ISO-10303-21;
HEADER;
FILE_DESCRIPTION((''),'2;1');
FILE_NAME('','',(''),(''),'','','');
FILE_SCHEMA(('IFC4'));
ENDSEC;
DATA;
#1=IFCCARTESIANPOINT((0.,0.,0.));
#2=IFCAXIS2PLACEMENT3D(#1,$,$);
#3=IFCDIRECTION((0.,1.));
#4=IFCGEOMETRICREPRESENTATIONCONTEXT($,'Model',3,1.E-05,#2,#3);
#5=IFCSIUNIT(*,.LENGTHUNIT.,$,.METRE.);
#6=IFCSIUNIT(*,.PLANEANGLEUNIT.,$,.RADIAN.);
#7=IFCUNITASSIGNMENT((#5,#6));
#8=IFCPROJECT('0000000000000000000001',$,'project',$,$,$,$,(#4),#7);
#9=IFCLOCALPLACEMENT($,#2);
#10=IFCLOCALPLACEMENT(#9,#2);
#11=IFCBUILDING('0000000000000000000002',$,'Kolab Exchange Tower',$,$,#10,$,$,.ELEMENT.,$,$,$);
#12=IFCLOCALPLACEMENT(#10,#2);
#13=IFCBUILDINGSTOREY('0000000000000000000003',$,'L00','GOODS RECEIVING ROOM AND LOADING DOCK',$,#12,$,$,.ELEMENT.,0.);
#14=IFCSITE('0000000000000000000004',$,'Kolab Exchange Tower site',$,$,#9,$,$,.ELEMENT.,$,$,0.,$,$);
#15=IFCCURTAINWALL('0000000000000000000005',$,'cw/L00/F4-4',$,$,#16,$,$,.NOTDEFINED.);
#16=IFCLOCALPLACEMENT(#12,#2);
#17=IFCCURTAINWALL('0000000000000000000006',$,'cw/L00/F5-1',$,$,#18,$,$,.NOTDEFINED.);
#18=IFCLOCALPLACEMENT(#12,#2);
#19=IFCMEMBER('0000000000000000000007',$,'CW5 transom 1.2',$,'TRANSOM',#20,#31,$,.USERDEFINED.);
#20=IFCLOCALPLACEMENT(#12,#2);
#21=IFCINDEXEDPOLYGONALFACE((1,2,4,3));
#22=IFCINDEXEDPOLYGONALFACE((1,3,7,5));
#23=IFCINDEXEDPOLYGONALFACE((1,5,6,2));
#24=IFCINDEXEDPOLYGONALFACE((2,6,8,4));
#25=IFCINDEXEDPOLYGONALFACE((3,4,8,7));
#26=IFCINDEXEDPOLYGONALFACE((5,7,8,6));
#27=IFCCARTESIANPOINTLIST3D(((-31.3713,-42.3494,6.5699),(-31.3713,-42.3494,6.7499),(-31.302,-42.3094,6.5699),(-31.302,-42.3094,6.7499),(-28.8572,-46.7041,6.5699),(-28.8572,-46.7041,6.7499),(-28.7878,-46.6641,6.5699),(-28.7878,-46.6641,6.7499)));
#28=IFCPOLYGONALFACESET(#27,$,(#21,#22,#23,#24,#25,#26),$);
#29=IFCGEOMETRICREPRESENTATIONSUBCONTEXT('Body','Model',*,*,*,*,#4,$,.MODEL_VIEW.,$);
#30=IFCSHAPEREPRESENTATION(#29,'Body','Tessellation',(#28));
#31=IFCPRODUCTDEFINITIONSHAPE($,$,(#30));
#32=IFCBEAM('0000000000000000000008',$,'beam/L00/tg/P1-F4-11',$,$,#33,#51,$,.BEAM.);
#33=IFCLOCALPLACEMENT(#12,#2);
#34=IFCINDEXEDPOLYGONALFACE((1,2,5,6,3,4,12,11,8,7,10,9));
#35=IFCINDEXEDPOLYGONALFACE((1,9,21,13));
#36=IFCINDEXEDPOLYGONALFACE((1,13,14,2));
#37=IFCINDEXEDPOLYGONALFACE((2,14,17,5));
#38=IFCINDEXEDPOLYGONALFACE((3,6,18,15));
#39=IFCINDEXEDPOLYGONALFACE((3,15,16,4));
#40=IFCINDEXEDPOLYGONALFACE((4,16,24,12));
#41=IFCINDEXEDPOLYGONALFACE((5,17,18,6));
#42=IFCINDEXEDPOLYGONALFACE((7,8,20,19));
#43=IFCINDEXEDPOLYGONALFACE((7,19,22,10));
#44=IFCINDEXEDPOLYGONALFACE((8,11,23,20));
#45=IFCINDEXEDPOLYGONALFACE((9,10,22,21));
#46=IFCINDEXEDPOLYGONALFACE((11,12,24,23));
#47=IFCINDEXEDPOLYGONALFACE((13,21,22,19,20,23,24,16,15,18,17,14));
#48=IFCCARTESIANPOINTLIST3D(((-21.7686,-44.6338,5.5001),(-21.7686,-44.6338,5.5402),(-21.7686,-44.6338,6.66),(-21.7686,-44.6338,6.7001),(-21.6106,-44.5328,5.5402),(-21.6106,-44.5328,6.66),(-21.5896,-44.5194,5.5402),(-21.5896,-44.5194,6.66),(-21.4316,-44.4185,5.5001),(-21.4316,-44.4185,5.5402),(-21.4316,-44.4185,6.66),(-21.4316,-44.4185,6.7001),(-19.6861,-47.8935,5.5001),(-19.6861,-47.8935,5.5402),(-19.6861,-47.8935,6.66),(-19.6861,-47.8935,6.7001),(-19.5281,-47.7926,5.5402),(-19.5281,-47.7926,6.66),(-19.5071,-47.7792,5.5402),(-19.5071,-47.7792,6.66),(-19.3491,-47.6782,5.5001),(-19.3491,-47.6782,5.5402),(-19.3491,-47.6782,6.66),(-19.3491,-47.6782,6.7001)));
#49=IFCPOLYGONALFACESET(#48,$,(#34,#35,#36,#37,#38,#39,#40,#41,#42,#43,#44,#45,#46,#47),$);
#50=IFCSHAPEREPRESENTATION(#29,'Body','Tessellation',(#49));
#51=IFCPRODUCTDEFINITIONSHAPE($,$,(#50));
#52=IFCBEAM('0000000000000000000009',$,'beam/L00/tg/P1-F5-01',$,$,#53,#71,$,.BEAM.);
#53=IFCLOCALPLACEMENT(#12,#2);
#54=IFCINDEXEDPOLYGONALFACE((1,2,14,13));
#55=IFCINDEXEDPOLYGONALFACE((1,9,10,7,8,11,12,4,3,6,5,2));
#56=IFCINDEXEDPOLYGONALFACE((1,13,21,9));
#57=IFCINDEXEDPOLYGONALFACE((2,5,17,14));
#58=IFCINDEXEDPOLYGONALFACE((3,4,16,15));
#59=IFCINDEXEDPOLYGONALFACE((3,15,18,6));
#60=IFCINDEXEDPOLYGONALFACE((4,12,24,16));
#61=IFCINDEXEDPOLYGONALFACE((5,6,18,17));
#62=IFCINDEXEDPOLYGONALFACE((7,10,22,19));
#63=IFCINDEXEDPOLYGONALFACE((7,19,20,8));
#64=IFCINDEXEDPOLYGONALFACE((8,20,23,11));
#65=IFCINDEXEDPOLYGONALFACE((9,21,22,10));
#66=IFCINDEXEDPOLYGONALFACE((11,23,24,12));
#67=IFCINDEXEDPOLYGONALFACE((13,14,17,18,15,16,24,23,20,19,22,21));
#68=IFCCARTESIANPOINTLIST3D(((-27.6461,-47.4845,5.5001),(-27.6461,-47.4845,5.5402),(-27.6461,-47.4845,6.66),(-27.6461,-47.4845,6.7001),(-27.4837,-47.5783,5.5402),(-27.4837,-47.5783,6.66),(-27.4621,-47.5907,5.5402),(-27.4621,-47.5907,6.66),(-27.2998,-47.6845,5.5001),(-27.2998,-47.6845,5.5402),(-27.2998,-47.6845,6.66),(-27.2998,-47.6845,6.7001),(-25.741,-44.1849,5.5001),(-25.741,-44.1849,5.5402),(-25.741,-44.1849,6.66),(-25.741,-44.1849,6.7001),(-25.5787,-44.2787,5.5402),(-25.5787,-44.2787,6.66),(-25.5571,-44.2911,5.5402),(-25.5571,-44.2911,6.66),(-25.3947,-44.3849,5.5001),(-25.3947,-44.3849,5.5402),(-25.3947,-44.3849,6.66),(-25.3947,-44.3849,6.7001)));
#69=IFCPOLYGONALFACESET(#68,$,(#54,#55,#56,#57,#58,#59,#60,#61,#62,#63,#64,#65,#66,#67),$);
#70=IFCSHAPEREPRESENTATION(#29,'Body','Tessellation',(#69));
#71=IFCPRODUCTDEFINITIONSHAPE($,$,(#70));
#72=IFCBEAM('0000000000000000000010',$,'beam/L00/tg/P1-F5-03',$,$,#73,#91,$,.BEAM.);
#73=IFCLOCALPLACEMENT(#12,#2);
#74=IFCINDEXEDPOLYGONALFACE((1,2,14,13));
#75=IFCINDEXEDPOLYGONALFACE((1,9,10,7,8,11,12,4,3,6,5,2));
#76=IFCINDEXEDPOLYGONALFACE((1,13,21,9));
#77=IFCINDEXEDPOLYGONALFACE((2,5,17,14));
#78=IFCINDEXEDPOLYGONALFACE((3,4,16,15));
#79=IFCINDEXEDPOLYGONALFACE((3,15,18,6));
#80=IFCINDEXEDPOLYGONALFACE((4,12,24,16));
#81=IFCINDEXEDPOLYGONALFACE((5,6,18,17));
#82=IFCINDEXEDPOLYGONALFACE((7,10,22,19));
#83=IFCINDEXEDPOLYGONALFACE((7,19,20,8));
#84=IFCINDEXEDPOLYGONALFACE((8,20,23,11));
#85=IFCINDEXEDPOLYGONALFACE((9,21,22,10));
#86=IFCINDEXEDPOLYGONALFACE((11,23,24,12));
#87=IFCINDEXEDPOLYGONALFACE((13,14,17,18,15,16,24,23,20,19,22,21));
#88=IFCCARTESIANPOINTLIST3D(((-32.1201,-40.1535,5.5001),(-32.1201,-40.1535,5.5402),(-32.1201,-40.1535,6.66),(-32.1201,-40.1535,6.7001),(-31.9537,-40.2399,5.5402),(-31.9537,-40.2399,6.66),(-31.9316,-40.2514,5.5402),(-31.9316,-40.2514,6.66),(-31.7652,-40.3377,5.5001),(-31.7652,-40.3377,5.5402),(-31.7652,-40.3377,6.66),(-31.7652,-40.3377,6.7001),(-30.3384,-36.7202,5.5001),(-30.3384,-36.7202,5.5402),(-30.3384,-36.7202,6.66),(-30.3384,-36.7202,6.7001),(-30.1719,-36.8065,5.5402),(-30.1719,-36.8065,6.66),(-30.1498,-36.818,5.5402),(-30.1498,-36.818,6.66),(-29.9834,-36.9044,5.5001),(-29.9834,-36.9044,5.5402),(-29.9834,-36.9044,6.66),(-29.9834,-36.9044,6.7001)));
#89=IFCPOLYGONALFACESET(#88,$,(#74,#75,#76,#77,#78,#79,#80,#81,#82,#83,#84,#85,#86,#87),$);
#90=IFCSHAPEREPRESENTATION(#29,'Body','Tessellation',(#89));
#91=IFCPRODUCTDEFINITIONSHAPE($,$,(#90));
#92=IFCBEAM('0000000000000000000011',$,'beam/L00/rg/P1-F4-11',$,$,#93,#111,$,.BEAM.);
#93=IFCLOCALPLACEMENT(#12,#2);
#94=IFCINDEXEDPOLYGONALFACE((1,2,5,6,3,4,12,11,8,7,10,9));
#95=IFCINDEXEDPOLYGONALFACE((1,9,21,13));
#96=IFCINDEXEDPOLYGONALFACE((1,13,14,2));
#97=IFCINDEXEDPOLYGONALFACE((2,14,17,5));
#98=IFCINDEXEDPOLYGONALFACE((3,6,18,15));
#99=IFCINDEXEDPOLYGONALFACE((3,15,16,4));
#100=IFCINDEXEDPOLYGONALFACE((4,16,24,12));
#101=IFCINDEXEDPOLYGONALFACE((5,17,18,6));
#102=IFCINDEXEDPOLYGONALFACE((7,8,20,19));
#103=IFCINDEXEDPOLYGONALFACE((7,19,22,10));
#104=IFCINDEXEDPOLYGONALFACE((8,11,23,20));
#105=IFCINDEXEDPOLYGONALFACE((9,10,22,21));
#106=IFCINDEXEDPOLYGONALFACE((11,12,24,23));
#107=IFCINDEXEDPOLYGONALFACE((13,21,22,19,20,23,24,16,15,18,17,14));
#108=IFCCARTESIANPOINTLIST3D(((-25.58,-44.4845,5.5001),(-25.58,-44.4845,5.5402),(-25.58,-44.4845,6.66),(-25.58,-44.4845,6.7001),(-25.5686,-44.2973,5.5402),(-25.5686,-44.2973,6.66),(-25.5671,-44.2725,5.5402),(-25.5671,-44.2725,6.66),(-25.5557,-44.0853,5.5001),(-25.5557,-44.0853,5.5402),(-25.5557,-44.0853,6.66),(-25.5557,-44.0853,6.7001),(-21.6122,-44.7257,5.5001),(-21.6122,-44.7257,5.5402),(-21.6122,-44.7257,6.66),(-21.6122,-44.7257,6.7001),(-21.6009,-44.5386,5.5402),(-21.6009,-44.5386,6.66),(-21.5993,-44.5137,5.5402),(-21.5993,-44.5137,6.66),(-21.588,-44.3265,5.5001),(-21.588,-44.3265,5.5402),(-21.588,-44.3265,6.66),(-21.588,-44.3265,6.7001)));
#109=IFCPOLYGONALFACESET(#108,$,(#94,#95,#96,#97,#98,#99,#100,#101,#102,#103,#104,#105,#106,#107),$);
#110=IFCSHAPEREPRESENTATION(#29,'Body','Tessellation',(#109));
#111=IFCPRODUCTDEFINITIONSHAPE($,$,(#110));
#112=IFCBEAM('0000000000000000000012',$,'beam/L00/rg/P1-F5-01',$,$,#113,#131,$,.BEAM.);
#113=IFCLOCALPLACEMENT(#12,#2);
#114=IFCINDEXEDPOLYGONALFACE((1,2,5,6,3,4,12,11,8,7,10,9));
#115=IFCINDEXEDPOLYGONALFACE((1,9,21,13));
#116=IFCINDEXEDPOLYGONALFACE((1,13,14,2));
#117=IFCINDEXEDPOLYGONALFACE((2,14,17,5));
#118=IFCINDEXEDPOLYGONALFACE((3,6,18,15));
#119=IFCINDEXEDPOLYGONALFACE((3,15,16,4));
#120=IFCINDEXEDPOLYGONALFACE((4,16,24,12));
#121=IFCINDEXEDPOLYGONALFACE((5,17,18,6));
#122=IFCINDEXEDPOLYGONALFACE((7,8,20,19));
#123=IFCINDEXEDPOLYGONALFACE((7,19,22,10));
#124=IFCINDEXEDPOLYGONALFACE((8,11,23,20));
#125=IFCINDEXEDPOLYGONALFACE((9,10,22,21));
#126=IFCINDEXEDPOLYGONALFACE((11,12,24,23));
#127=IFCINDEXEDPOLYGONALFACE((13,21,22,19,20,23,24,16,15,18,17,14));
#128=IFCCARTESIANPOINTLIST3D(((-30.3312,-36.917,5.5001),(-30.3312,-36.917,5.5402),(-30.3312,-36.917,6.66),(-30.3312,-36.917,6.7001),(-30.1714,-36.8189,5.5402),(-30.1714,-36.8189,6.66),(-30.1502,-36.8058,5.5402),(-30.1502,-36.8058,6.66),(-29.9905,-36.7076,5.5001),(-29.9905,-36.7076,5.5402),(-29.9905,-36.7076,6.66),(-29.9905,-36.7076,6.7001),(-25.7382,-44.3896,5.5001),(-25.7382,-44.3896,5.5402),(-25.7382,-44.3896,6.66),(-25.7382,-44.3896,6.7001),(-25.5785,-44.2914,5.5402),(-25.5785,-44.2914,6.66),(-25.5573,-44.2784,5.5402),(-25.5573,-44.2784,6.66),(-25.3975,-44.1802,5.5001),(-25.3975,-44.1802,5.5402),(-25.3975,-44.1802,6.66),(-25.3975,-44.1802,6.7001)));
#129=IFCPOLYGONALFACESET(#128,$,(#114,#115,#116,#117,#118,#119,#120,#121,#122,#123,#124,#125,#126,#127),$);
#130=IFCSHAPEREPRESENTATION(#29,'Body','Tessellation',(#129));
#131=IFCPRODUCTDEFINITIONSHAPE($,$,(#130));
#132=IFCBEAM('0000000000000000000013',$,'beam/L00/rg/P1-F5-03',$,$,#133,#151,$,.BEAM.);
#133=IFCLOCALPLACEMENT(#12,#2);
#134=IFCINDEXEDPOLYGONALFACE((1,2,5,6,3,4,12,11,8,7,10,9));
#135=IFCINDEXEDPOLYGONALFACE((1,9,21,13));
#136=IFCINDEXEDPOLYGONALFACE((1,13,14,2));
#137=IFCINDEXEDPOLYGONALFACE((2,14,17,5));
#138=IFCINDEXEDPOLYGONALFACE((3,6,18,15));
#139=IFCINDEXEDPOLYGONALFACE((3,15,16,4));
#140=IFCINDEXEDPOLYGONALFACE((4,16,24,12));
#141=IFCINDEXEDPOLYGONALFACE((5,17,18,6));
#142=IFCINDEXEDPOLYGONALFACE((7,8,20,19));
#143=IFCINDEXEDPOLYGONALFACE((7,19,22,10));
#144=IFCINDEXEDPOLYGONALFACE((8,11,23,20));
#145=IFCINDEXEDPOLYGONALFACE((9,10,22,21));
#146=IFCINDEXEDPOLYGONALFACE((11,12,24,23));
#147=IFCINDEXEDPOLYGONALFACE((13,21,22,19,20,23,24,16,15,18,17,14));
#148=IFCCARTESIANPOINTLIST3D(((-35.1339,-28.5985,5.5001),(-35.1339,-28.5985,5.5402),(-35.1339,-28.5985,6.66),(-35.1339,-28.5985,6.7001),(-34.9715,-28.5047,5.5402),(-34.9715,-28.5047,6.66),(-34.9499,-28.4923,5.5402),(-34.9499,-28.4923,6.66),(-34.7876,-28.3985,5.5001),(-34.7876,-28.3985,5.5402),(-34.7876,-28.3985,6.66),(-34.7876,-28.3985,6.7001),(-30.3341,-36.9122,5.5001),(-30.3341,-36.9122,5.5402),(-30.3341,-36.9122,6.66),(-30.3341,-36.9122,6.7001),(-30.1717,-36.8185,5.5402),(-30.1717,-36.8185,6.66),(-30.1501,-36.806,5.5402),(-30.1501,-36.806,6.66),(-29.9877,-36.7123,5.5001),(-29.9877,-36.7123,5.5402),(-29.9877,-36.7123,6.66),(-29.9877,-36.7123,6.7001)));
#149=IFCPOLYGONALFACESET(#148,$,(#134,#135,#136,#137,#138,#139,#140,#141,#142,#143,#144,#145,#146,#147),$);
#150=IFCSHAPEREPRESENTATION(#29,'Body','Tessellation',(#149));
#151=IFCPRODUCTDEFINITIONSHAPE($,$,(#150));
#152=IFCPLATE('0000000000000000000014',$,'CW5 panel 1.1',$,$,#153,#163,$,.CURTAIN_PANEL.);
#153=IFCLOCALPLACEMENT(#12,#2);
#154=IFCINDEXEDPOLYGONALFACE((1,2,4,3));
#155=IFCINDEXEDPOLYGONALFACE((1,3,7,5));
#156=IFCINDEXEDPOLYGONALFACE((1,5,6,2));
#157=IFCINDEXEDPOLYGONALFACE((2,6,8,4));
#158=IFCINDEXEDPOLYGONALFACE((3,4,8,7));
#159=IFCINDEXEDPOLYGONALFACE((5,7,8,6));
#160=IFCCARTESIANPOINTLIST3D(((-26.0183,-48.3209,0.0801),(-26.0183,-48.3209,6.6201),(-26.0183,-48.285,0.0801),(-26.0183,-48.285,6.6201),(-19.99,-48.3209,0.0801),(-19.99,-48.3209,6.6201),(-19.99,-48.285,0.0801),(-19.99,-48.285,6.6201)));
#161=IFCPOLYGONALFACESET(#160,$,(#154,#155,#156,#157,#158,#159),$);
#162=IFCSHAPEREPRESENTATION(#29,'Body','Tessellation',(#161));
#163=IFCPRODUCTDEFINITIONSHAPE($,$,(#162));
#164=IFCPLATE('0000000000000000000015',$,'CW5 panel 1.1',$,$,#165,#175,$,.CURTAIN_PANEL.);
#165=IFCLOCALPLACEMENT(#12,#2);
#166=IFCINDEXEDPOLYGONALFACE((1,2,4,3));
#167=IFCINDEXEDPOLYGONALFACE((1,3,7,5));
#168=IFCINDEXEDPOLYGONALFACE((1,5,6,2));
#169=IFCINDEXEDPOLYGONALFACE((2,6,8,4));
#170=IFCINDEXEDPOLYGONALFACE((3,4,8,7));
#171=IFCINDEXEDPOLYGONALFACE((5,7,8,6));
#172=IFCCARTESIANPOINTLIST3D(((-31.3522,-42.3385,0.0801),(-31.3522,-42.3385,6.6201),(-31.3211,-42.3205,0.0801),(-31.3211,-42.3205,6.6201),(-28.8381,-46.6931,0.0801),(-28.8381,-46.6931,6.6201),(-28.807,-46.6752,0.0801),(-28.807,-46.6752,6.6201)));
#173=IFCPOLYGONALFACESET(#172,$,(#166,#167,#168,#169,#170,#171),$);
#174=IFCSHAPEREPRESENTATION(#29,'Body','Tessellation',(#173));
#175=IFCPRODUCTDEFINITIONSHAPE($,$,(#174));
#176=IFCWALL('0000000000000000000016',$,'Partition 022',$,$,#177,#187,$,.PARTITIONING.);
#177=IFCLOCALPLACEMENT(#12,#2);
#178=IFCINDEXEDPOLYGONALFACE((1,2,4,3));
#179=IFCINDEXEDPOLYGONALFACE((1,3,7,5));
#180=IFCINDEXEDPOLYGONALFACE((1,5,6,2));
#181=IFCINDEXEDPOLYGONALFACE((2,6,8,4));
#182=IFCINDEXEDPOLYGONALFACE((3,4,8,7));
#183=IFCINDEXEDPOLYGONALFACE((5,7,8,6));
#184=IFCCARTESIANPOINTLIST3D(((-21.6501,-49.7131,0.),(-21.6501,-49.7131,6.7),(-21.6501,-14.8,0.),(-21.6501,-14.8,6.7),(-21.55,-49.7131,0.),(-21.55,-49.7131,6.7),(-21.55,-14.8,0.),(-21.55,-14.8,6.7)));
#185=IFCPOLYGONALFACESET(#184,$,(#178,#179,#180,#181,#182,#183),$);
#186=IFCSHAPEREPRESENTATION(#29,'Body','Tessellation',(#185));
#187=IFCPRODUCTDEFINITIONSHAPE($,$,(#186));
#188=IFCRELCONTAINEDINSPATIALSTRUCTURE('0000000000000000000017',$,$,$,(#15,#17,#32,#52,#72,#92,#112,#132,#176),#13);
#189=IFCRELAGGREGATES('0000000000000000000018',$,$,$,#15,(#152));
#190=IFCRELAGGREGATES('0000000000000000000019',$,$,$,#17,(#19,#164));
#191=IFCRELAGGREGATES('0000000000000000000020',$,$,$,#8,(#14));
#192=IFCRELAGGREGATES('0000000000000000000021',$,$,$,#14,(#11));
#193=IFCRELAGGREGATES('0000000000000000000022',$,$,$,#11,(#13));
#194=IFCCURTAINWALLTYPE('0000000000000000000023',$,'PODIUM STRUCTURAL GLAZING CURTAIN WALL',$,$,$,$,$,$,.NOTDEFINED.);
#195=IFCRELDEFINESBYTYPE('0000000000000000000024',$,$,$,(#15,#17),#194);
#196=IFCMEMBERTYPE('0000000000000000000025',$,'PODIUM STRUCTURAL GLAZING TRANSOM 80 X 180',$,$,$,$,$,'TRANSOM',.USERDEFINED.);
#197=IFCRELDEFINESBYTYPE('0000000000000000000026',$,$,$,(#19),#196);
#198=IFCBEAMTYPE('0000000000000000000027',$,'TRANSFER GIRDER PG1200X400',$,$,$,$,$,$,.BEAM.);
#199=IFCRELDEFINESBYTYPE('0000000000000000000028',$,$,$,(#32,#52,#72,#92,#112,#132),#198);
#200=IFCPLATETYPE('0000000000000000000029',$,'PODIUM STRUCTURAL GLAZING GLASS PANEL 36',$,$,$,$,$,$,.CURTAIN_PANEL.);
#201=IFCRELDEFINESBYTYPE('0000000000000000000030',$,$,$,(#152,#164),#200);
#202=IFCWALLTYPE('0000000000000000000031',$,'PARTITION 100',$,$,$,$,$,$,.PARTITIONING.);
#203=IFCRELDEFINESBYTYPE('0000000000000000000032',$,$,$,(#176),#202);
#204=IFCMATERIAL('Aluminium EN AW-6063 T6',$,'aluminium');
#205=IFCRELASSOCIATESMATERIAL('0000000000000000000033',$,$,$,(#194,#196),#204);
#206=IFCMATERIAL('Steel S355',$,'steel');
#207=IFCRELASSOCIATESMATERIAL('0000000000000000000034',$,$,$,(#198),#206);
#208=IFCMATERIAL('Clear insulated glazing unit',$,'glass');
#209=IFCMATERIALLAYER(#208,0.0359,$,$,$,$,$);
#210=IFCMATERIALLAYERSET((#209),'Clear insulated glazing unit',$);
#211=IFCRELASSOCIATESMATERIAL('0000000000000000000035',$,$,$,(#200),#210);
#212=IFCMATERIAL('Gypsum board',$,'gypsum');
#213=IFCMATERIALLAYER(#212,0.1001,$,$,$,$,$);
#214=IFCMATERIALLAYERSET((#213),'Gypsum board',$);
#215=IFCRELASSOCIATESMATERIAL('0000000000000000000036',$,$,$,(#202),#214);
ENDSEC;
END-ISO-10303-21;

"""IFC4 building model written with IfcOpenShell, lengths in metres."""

from ifc_helpers import new_model, si_unit, direction, frame, frame_2d, origin, origin_2d, place, context, subcontext, project, spatial, rectangle, i_section, extrude, material, layer, layer_set, material_profile, profile_set, type_object, element, aggregate, save


model = new_model("IFC4")

# Units and contexts
model_context = context("Model", 3, precision=1e-05, world=origin(), true_north=direction((0.0, 1.0)))
body_context = subcontext(model_context, "Body", "Model", "MODEL_VIEW")
ifc_project = project(units=[si_unit("LENGTHUNIT", "METRE"), si_unit("PLANEANGLEUNIT", "RADIAN")], contexts=[model_context])

# Site, building, storey
site_placement = place(None, origin())
site = spatial("IfcSite", under=ifc_project, at=site_placement, Name="Kolab Exchange Tower site", CompositionType="ELEMENT", RefElevation=0.0)
building_placement = place(site_placement, origin())
building = spatial("IfcBuilding", under=site, at=building_placement, Name="Kolab Exchange Tower", CompositionType="ELEMENT")
storey_placement = place(building_placement, origin())
storey = spatial("IfcBuildingStorey", under=building, at=storey_placement, Name="L00", Description="GOODS RECEIVING ROOM AND LOADING DOCK", CompositionType="ELEMENT", Elevation=0.0)

# Curtain wall
ifc_material_1 = material(Name="Aluminium EN AW-6063 T6", Category="aluminium")
curtain_wall_type = type_object("IfcCurtainWallType", Name="PODIUM STRUCTURAL GLAZING CURTAIN WALL", PredefinedType="NOTDEFINED", material=ifc_material_1)
curtain_wall_1_placement = place(storey_placement, origin())
curtain_wall_1 = element("IfcCurtainWall", 1, at=curtain_wall_1_placement, inside=storey, type_object=curtain_wall_type, Name="cw/L00/F4-4", PredefinedType="NOTDEFINED")

# Curtain wall
curtain_wall_2_placement = place(storey_placement, origin())
curtain_wall_2 = element("IfcCurtainWall", 2, at=curtain_wall_2_placement, inside=storey, type_object=curtain_wall_type, Name="cw/L00/F5-1", PredefinedType="NOTDEFINED")

# Member
ifc_material_profile_1 = material_profile(ifc_material_1, rectangle(XDim=0.0801, YDim=0.1799, at=origin_2d()), Name="RECT 80X180")
ifc_profile_set_1 = profile_set([ifc_material_profile_1], Name="Aluminium EN AW-6063 T6")
member_type_1 = type_object("IfcMemberType", Name="PODIUM STRUCTURAL GLAZING TRANSOM 80 X 180", ElementType="TRANSOM", PredefinedType="USERDEFINED", material=ifc_profile_set_1)
member_1_placement = place(storey_placement, frame((-28.8225, -46.6841, 6.6599), z_axis=(-0.499993, 0.86603, 0.0), x_axis=(-0.86603, -0.499993, 0.0)))
member_1 = element("IfcMember", 3, at=member_1_placement, type_object=member_type_1, Name="CW5 transom 1.2", ObjectType="TRANSOM", PredefinedType="USERDEFINED", context=body_context, shape_type="SweptSolid", body=[
    extrude(rectangle(XDim=0.0801, YDim=0.1799, at=origin_2d()), origin(), (0.0, 0.0, 1.0), 5.0283),
])

# Beams
ifc_material_2 = material(Name="Steel S355", Category="steel")
ifc_material_profile_2 = material_profile(ifc_material_2, i_section(OverallWidth=0.3999, OverallDepth=1.2, WebThickness=0.0249, FlangeThickness=0.04, at=origin_2d()), Name="PG1200X400")
ifc_profile_set_2 = profile_set([ifc_material_profile_2], Name="Steel S355")
beam_type = type_object("IfcBeamType", Name="TRANSFER GIRDER PG1200X400", PredefinedType="BEAM", material=ifc_profile_set_2)
beam_1_placement = place(storey_placement, frame((-21.6001, -44.5261, 6.1001), z_axis=(0.538369, -0.842709, 0.0), x_axis=(0.842709, 0.538369, 0.0)))
element("IfcBeam", 4, at=beam_1_placement, inside=storey, type_object=beam_type, Name="beam/L00/tg/P1-F4-11", PredefinedType="BEAM", context=body_context, shape_type="SweptSolid", body=[
    extrude(i_section(OverallWidth=0.3999, OverallDepth=1.2, WebThickness=0.0249, FlangeThickness=0.04, at=origin_2d()), origin(), (0.0, 0.0, 1.0), 3.8682),
])
beam_2_placement = place(storey_placement, frame((-25.5679, -44.2849, 6.1001), z_axis=(-0.500005, -0.866022, 0.0), x_axis=(0.866022, -0.500005, 0.0)))
element("IfcBeam", 5, at=beam_2_placement, inside=storey, type_object=beam_type, Name="beam/L00/tg/P1-F5-01", PredefinedType="BEAM", context=body_context, shape_type="SweptSolid", body=[
    extrude(i_section(OverallWidth=0.3999, OverallDepth=1.2, WebThickness=0.0249, FlangeThickness=0.04, at=origin_2d()), origin(), (0.0, 0.0, 1.0), 3.8101),
])
beam_3_placement = place(storey_placement, frame((-30.1609, -36.8123, 6.1001), z_axis=(-0.460619, -0.887598, 0.0), x_axis=(0.887598, -0.460619, 0.0)))
element("IfcBeam", 6, at=beam_3_placement, inside=storey, type_object=beam_type, Name="beam/L00/tg/P1-F5-03", PredefinedType="BEAM", context=body_context, shape_type="SweptSolid", body=[
    extrude(i_section(OverallWidth=0.3999, OverallDepth=1.2, WebThickness=0.0249, FlangeThickness=0.04, at=origin_2d()), origin(), (0.0, 0.0, 1.0), 3.8682),
])
beam_4_placement = place(storey_placement, frame((-21.6001, -44.5261, 6.1001), z_axis=(-0.998157, 0.06068, 0.0), x_axis=(-0.06068, -0.998157, 0.0)))
element("IfcBeam", 7, at=beam_4_placement, inside=storey, type_object=beam_type, Name="beam/L00/rg/P1-F4-11", PredefinedType="BEAM", context=body_context, shape_type="SweptSolid", body=[
    extrude(i_section(OverallWidth=0.3999, OverallDepth=1.2, WebThickness=0.0249, FlangeThickness=0.04, at=origin_2d()), origin(), (0.0, 0.0, 1.0), 3.9751),
])
beam_5_placement = place(storey_placement, frame((-25.5679, -44.2849, 6.1001), z_axis=(-0.523639, 0.85194, 0.0), x_axis=(-0.85194, -0.523639, 0.0)))
element("IfcBeam", 8, at=beam_5_placement, inside=storey, type_object=beam_type, Name="beam/L00/rg/P1-F5-01", PredefinedType="BEAM", context=body_context, shape_type="SweptSolid", body=[
    extrude(i_section(OverallWidth=0.3999, OverallDepth=1.2, WebThickness=0.0249, FlangeThickness=0.04, at=origin_2d()), origin(), (0.0, 0.0, 1.0), 8.7712),
])
beam_6_placement = place(storey_placement, frame((-30.1609, -36.8123, 6.1001), z_axis=(-0.49999, 0.866031, 0.0), x_axis=(-0.866031, -0.49999, 0.0)))
element("IfcBeam", 9, at=beam_6_placement, inside=storey, type_object=beam_type, Name="beam/L00/rg/P1-F5-03", PredefinedType="BEAM", context=body_context, shape_type="SweptSolid", body=[
    extrude(i_section(OverallWidth=0.3999, OverallDepth=1.2, WebThickness=0.0249, FlangeThickness=0.04, at=origin_2d()), origin(), (0.0, 0.0, 1.0), 9.5999),
])

# Plates
ifc_material_3 = material(Name="Clear insulated glazing unit", Category="glass")
ifc_layer_1 = layer(ifc_material_3, 0.0359)
ifc_layer_set_1 = layer_set([ifc_layer_1], Name="Clear insulated glazing unit")
plate_type = type_object("IfcPlateType", Name="PODIUM STRUCTURAL GLAZING GLASS PANEL 36", PredefinedType="CURTAIN_PANEL", material=ifc_layer_set_1)
plate_1_placement = place(storey_placement, frame((-23.0042, -48.303, 0.0801), z_axis=(0.0, 0.0, 1.0), x_axis=(-1.0, 0.0, 0.0)))
plate_1 = element("IfcPlate", 10, at=plate_1_placement, type_object=plate_type, Name="CW5 panel 1.1", PredefinedType="CURTAIN_PANEL", context=body_context, shape_type="SweptSolid", body=[
    extrude(rectangle(XDim=6.0283, YDim=0.0359, at=origin_2d()), origin(), (0.0, 0.0, 1.0), 6.54),
])
aggregate(curtain_wall_1, [plate_1])
plate_2_placement = place(storey_placement, frame((-30.0796, -44.5068, 0.0801), z_axis=(0.0, 0.0, 1.0), x_axis=(-0.5, 0.866025, 0.0)))
plate_2 = element("IfcPlate", 11, at=plate_2_placement, type_object=plate_type, Name="CW5 panel 1.1", PredefinedType="CURTAIN_PANEL", context=body_context, shape_type="SweptSolid", body=[
    extrude(rectangle(XDim=5.0283, YDim=0.0359, at=origin_2d()), origin(), (0.0, 0.0, 1.0), 6.54),
])
aggregate(curtain_wall_2, [member_1, plate_2])

# Wall
ifc_material_4 = material(Name="Gypsum board", Category="gypsum")
ifc_layer_2 = layer(ifc_material_4, 0.1001)
ifc_layer_set_2 = layer_set([ifc_layer_2], Name="Gypsum board")
wall_type_1 = type_object("IfcWallType", Name="PARTITION 100", PredefinedType="PARTITIONING", material=ifc_layer_set_2)
wall_1_placement = place(storey_placement, frame((-21.6001, -49.7131, 0.0), z_axis=(0.0, 0.0, 1.0), x_axis=(0.0, 1.0, 0.0)))
element("IfcWall", 12, at=wall_1_placement, inside=storey, type_object=wall_type_1, Name="Partition 022", PredefinedType="PARTITIONING", context=body_context, shape_type="SweptSolid", body=[
    extrude(rectangle(XDim=34.9131, YDim=0.1001, at=frame_2d((17.4565, 0.0))), origin(), (0.0, 0.0, 1.0), 6.7),
])

save(model, "model.ifc")
